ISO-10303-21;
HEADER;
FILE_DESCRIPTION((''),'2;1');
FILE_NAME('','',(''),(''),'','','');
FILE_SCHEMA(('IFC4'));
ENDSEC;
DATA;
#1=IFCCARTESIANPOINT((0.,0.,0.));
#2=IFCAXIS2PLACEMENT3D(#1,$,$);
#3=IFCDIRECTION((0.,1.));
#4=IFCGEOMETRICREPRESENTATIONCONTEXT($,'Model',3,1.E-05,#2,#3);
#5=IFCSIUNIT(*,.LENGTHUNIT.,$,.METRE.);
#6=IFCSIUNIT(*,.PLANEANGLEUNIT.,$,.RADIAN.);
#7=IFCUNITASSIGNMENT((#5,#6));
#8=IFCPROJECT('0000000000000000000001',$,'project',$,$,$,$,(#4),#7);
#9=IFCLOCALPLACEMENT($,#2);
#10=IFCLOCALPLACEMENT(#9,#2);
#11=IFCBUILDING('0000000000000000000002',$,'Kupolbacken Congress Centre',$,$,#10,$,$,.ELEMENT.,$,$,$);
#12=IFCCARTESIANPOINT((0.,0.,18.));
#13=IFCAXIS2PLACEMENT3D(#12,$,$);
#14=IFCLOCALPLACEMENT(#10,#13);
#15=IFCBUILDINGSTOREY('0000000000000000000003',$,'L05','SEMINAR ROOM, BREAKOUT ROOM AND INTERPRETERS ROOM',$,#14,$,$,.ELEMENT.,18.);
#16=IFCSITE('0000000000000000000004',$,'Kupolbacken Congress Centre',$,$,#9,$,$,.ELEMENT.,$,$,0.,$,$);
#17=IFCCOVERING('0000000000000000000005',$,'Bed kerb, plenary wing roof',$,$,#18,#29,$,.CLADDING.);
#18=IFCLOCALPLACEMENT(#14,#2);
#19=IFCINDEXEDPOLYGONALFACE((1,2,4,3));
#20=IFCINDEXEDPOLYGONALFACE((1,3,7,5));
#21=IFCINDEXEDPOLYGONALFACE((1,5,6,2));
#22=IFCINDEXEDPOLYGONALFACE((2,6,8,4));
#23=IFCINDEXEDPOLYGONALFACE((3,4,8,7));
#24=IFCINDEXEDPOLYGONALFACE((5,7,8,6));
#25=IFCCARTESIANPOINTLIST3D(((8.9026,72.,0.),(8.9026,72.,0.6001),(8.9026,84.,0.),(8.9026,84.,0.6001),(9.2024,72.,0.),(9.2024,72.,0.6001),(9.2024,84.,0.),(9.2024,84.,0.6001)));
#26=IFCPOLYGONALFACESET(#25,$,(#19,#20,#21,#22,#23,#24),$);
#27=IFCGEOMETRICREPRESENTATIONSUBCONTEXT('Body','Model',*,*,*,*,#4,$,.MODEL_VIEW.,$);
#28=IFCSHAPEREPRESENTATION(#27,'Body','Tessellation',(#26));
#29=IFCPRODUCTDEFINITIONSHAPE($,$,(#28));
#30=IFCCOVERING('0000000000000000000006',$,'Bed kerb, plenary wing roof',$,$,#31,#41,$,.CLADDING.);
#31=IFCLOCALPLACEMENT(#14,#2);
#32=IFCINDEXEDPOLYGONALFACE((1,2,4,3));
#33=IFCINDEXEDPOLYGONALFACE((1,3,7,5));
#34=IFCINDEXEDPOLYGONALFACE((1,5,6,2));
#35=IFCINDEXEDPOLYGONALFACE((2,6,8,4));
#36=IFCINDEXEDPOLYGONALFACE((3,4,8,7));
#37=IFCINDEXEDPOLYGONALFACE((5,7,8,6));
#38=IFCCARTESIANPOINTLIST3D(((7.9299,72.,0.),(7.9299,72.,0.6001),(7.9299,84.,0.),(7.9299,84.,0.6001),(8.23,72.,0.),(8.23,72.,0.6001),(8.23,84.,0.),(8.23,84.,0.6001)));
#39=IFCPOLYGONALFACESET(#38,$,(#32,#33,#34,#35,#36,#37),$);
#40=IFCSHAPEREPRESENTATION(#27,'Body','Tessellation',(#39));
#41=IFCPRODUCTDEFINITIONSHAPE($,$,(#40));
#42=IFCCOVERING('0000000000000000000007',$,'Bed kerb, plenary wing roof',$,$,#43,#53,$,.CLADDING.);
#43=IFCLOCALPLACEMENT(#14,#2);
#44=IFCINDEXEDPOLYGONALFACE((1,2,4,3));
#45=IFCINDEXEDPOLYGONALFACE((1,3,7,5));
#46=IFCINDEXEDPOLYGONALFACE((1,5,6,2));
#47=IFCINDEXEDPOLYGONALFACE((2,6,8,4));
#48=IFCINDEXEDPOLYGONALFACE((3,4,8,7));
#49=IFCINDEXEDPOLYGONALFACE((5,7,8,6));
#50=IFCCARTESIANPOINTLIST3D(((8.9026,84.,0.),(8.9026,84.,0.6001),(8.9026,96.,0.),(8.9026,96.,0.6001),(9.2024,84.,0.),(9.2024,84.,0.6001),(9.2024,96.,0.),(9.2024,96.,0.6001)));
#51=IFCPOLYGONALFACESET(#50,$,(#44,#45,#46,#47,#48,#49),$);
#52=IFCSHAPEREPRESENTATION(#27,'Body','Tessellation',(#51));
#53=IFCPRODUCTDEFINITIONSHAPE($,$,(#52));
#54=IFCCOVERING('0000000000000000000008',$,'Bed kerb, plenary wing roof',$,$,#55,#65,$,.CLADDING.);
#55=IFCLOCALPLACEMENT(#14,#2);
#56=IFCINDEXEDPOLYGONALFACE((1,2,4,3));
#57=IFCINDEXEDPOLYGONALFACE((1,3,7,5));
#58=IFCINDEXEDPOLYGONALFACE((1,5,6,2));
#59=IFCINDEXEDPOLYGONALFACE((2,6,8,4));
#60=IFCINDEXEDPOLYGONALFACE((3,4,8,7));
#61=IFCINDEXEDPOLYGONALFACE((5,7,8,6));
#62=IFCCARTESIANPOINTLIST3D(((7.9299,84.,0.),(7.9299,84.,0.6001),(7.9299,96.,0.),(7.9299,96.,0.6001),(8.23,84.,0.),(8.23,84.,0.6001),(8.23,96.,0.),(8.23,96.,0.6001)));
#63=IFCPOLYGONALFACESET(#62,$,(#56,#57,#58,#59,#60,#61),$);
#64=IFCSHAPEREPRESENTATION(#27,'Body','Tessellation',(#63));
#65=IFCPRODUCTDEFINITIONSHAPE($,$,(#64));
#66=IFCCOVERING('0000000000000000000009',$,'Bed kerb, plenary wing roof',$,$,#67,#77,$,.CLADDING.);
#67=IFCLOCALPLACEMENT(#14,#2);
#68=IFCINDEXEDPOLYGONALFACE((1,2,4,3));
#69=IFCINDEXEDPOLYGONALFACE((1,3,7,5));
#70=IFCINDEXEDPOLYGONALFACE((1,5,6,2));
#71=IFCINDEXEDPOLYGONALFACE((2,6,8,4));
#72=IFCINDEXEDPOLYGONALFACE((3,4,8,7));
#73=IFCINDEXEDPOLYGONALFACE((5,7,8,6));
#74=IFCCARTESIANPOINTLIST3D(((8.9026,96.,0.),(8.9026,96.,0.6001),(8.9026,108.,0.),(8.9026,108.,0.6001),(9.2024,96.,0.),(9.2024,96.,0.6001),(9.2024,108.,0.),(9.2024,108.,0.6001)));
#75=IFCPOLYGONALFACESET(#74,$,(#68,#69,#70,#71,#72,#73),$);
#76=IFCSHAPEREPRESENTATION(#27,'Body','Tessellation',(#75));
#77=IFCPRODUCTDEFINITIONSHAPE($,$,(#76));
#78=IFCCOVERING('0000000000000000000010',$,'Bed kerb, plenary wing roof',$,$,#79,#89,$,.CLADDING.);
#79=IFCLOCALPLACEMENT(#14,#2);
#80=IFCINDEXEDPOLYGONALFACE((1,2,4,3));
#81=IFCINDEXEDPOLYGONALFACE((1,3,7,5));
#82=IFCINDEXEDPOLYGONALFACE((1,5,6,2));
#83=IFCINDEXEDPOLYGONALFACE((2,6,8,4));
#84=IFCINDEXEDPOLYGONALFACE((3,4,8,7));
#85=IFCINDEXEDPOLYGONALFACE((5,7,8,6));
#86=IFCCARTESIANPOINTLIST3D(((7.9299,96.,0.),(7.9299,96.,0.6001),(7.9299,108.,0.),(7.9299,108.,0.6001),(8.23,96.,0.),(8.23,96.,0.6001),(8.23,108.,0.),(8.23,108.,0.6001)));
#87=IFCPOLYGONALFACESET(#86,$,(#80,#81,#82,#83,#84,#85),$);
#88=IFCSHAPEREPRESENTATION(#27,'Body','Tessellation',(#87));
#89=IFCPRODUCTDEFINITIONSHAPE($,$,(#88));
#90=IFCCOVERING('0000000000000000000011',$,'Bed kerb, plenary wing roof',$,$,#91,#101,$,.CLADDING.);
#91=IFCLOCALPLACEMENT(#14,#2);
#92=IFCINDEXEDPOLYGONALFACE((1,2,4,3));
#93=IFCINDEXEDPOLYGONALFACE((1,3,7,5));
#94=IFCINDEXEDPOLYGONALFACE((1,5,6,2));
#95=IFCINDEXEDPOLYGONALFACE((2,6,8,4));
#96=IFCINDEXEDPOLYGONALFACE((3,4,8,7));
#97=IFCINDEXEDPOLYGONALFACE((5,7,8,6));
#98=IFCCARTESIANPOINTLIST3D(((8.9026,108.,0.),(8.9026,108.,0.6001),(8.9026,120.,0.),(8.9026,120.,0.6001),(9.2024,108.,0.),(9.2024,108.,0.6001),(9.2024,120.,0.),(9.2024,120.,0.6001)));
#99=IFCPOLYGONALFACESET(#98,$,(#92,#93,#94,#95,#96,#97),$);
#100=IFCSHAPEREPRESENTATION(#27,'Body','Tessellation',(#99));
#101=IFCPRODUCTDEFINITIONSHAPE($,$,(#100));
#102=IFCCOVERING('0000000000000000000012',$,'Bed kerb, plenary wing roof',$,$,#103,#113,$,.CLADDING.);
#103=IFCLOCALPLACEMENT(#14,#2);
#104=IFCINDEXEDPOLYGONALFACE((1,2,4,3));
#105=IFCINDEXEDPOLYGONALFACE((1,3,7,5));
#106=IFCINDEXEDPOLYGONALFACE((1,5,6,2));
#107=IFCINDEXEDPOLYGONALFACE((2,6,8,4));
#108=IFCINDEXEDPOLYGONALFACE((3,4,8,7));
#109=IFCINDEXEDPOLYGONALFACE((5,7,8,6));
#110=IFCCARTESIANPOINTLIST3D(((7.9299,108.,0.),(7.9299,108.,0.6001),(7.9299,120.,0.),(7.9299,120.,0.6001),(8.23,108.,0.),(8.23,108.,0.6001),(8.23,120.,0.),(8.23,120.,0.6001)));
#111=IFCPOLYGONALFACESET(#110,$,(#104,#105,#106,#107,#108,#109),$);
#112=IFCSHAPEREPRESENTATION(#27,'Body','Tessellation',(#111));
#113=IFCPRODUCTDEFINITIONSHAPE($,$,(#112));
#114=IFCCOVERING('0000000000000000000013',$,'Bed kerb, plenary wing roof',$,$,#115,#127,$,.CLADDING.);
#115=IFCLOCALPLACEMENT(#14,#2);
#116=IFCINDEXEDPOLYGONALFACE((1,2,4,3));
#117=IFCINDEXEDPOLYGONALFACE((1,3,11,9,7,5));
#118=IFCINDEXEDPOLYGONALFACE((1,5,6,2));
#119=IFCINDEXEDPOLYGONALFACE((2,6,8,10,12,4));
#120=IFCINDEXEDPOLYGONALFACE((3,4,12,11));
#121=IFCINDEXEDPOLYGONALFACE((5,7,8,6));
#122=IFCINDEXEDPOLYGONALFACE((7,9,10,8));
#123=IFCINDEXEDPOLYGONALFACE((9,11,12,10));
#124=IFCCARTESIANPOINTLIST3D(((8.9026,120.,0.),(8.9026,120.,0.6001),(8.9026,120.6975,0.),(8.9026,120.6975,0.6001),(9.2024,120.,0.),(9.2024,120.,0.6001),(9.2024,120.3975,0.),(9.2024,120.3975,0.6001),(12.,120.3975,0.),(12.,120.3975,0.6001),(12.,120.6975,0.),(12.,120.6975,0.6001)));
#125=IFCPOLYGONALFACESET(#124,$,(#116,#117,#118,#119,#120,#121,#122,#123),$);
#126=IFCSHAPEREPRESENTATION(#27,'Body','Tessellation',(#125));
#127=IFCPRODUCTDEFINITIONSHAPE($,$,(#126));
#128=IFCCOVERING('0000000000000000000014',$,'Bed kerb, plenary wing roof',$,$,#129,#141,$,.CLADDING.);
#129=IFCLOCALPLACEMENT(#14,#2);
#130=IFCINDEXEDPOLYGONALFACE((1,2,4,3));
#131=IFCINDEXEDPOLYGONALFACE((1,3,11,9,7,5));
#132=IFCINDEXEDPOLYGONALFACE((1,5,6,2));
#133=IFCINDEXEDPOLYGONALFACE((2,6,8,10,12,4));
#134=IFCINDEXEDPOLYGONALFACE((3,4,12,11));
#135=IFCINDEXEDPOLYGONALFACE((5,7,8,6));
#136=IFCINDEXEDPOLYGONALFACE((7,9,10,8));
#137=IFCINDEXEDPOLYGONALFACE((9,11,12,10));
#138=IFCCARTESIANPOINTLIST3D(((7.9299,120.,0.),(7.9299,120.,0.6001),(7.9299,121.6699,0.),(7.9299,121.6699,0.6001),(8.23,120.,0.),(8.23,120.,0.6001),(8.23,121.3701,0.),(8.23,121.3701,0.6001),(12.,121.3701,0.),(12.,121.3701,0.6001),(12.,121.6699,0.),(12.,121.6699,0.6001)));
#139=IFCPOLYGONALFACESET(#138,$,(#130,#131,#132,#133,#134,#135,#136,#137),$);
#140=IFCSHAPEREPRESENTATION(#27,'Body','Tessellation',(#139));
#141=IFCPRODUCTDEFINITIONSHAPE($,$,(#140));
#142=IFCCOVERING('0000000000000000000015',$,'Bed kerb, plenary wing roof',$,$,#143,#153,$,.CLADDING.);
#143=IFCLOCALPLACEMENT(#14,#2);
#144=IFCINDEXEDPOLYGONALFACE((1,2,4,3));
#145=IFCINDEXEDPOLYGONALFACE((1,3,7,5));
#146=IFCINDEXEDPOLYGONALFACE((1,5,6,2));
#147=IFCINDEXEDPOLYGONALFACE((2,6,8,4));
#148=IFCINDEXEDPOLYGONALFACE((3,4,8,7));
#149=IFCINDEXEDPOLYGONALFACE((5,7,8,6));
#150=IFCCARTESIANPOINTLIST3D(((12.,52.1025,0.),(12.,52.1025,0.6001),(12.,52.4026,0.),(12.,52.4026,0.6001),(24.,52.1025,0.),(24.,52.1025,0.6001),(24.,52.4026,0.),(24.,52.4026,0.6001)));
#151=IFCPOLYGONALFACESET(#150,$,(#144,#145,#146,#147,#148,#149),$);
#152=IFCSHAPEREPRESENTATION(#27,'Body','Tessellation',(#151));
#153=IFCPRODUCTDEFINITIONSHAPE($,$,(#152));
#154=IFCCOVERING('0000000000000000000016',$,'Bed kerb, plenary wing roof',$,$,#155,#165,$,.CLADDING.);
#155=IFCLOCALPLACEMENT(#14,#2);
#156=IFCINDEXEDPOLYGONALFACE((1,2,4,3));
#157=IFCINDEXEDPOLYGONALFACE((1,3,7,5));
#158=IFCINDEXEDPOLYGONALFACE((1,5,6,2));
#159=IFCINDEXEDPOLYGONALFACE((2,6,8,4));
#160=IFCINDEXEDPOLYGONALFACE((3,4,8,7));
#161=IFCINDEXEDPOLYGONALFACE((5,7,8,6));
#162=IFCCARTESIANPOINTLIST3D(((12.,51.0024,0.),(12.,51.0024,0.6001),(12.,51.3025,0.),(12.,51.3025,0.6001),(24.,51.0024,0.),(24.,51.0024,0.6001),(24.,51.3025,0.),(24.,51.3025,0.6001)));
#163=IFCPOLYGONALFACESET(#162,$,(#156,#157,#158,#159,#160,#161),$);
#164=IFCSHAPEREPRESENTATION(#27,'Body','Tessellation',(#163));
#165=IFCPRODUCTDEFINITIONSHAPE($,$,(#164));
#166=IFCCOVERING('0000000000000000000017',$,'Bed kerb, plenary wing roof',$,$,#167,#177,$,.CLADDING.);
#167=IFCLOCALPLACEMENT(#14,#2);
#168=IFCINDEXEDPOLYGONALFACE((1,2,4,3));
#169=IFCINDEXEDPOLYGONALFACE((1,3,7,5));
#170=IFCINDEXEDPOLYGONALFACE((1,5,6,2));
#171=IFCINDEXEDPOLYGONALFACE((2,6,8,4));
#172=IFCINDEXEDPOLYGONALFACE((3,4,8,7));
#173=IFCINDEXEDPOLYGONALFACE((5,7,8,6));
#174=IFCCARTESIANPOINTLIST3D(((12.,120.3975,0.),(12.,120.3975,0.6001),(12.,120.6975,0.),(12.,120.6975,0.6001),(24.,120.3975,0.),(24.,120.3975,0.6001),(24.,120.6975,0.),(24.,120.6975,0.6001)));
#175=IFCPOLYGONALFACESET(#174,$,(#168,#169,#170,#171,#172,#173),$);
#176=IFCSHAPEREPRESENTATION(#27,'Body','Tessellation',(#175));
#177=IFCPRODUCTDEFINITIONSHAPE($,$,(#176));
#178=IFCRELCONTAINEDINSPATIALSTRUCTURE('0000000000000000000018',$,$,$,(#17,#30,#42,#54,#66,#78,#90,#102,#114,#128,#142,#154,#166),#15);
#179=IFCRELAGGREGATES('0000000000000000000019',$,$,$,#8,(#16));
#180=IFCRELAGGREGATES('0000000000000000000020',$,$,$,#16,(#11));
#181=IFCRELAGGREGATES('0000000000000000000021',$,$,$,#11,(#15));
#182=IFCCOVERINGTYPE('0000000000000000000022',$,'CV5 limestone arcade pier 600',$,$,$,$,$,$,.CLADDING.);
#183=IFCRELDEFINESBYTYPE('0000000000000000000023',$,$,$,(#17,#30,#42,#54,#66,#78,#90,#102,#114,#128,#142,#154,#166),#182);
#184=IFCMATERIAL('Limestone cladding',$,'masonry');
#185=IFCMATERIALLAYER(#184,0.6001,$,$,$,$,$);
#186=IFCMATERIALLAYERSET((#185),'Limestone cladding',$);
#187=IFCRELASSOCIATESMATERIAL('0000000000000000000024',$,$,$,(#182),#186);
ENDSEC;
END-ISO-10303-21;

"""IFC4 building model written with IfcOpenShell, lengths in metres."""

from ifc_helpers import new_model, si_unit, direction, frame, origin, place, context, subcontext, project, spatial, polyline, outline, extrude, material, layer, layer_set, type_object, element, save


model = new_model("IFC4")

# Units and contexts
model_context = context("Model", 3, precision=1e-05, world=origin(), true_north=direction((0.0, 1.0)))
body_context = subcontext(model_context, "Body", "Model", "MODEL_VIEW")
ifc_project = project(units=[si_unit("LENGTHUNIT", "METRE"), si_unit("PLANEANGLEUNIT", "RADIAN")], contexts=[model_context])

# Site, building, storey
site_placement = place(None, origin())
site = spatial("IfcSite", under=ifc_project, at=site_placement, Name="Kupolbacken Congress Centre", CompositionType="ELEMENT", RefElevation=0.0)
building_placement = place(site_placement, origin())
building = spatial("IfcBuilding", under=site, at=building_placement, Name="Kupolbacken Congress Centre", CompositionType="ELEMENT")
storey_placement = place(building_placement, frame((0.0, 0.0, 18.0)))
storey = spatial("IfcBuildingStorey", under=building, at=storey_placement, Name="L05", Description="SEMINAR ROOM, BREAKOUT ROOM AND INTERPRETERS ROOM", CompositionType="ELEMENT", Elevation=18.0)

# Coverings
ifc_material_1 = material(Name="Limestone cladding", Category="masonry")
ifc_layer_1 = layer(ifc_material_1, 0.6001)
ifc_layer_set_1 = layer_set([ifc_layer_1], Name="Limestone cladding")
covering_type_1 = type_object("IfcCoveringType", Name="CV5 limestone arcade pier 600", PredefinedType="CLADDING", material=ifc_layer_set_1)
covering_1_placement = place(storey_placement, origin())
element("IfcCovering", 1, at=covering_1_placement, inside=storey, type_object=covering_type_1, Name="Bed kerb, plenary wing roof", PredefinedType="CLADDING", context=body_context, shape_type="SweptSolid", body=[
    extrude(outline(polyline([(9.2024, 72.0), (8.9026, 72.0), (8.9026, 84.0), (9.2024, 84.0), (9.2024, 72.0)])), origin(), (0.0, 0.0, 1.0), 0.6001),
])
covering_2_placement = place(storey_placement, origin())
element("IfcCovering", 2, at=covering_2_placement, inside=storey, type_object=covering_type_1, Name="Bed kerb, plenary wing roof", PredefinedType="CLADDING", context=body_context, shape_type="SweptSolid", body=[
    extrude(outline(polyline([(7.9299, 84.0), (8.23, 84.0), (8.23, 72.0), (7.9299, 72.0), (7.9299, 84.0)])), origin(), (0.0, 0.0, 1.0), 0.6001),
])
covering_3_placement = place(storey_placement, origin())
element("IfcCovering", 3, at=covering_3_placement, inside=storey, type_object=covering_type_1, Name="Bed kerb, plenary wing roof", PredefinedType="CLADDING", context=body_context, shape_type="SweptSolid", body=[
    extrude(outline(polyline([(9.2024, 84.0), (8.9026, 84.0), (8.9026, 96.0), (9.2024, 96.0), (9.2024, 84.0)])), origin(), (0.0, 0.0, 1.0), 0.6001),
])
covering_4_placement = place(storey_placement, origin())
element("IfcCovering", 4, at=covering_4_placement, inside=storey, type_object=covering_type_1, Name="Bed kerb, plenary wing roof", PredefinedType="CLADDING", context=body_context, shape_type="SweptSolid", body=[
    extrude(outline(polyline([(7.9299, 96.0), (8.23, 96.0), (8.23, 84.0), (7.9299, 84.0), (7.9299, 96.0)])), origin(), (0.0, 0.0, 1.0), 0.6001),
])
covering_5_placement = place(storey_placement, origin())
element("IfcCovering", 5, at=covering_5_placement, inside=storey, type_object=covering_type_1, Name="Bed kerb, plenary wing roof", PredefinedType="CLADDING", context=body_context, shape_type="SweptSolid", body=[
    extrude(outline(polyline([(9.2024, 96.0), (8.9026, 96.0), (8.9026, 108.0), (9.2024, 108.0), (9.2024, 96.0)])), origin(), (0.0, 0.0, 1.0), 0.6001),
])
covering_6_placement = place(storey_placement, origin())
element("IfcCovering", 6, at=covering_6_placement, inside=storey, type_object=covering_type_1, Name="Bed kerb, plenary wing roof", PredefinedType="CLADDING", context=body_context, shape_type="SweptSolid", body=[
    extrude(outline(polyline([(7.9299, 108.0), (8.23, 108.0), (8.23, 96.0), (7.9299, 96.0), (7.9299, 108.0)])), origin(), (0.0, 0.0, 1.0), 0.6001),
])
covering_7_placement = place(storey_placement, origin())
element("IfcCovering", 7, at=covering_7_placement, inside=storey, type_object=covering_type_1, Name="Bed kerb, plenary wing roof", PredefinedType="CLADDING", context=body_context, shape_type="SweptSolid", body=[
    extrude(outline(polyline([(9.2024, 108.0), (8.9026, 108.0), (8.9026, 120.0), (9.2024, 120.0), (9.2024, 108.0)])), origin(), (0.0, 0.0, 1.0), 0.6001),
])
covering_8_placement = place(storey_placement, origin())
element("IfcCovering", 8, at=covering_8_placement, inside=storey, type_object=covering_type_1, Name="Bed kerb, plenary wing roof", PredefinedType="CLADDING", context=body_context, shape_type="SweptSolid", body=[
    extrude(outline(polyline([(7.9299, 120.0), (8.23, 120.0), (8.23, 108.0), (7.9299, 108.0), (7.9299, 120.0)])), origin(), (0.0, 0.0, 1.0), 0.6001),
])
covering_9_placement = place(storey_placement, origin())
element("IfcCovering", 9, at=covering_9_placement, inside=storey, type_object=covering_type_1, Name="Bed kerb, plenary wing roof", PredefinedType="CLADDING", context=body_context, shape_type="SweptSolid", body=[
    extrude(outline(polyline([(9.2024, 120.3975), (9.2024, 120.0), (8.9026, 120.0), (8.9026, 120.6975), (12.0, 120.6975), (12.0, 120.3975), (9.2024, 120.3975)])), origin(), (0.0, 0.0, 1.0), 0.6001),
])
covering_10_placement = place(storey_placement, origin())
element("IfcCovering", 10, at=covering_10_placement, inside=storey, type_object=covering_type_1, Name="Bed kerb, plenary wing roof", PredefinedType="CLADDING", context=body_context, shape_type="SweptSolid", body=[
    extrude(outline(polyline([(7.9299, 121.6699), (12.0, 121.6699), (12.0, 121.3701), (8.23, 121.3701), (8.23, 120.0), (7.9299, 120.0), (7.9299, 121.6699)])), origin(), (0.0, 0.0, 1.0), 0.6001),
])
covering_11_placement = place(storey_placement, origin())
element("IfcCovering", 11, at=covering_11_placement, inside=storey, type_object=covering_type_1, Name="Bed kerb, plenary wing roof", PredefinedType="CLADDING", context=body_context, shape_type="SweptSolid", body=[
    extrude(outline(polyline([(24.0, 52.4026), (24.0, 52.1025), (12.0, 52.1025), (12.0, 52.4026), (24.0, 52.4026)])), origin(), (0.0, 0.0, 1.0), 0.6001),
])
covering_12_placement = place(storey_placement, origin())
element("IfcCovering", 12, at=covering_12_placement, inside=storey, type_object=covering_type_1, Name="Bed kerb, plenary wing roof", PredefinedType="CLADDING", context=body_context, shape_type="SweptSolid", body=[
    extrude(outline(polyline([(12.0, 51.0024), (12.0, 51.3025), (24.0, 51.3025), (24.0, 51.0024), (12.0, 51.0024)])), origin(), (0.0, 0.0, 1.0), 0.6001),
])
covering_13_placement = place(storey_placement, origin())
element("IfcCovering", 13, at=covering_13_placement, inside=storey, type_object=covering_type_1, Name="Bed kerb, plenary wing roof", PredefinedType="CLADDING", context=body_context, shape_type="SweptSolid", body=[
    extrude(outline(polyline([(12.0, 120.3975), (12.0, 120.6975), (24.0, 120.6975), (24.0, 120.3975), (12.0, 120.3975)])), origin(), (0.0, 0.0, 1.0), 0.6001),
])

save(model, "model.ifc")
